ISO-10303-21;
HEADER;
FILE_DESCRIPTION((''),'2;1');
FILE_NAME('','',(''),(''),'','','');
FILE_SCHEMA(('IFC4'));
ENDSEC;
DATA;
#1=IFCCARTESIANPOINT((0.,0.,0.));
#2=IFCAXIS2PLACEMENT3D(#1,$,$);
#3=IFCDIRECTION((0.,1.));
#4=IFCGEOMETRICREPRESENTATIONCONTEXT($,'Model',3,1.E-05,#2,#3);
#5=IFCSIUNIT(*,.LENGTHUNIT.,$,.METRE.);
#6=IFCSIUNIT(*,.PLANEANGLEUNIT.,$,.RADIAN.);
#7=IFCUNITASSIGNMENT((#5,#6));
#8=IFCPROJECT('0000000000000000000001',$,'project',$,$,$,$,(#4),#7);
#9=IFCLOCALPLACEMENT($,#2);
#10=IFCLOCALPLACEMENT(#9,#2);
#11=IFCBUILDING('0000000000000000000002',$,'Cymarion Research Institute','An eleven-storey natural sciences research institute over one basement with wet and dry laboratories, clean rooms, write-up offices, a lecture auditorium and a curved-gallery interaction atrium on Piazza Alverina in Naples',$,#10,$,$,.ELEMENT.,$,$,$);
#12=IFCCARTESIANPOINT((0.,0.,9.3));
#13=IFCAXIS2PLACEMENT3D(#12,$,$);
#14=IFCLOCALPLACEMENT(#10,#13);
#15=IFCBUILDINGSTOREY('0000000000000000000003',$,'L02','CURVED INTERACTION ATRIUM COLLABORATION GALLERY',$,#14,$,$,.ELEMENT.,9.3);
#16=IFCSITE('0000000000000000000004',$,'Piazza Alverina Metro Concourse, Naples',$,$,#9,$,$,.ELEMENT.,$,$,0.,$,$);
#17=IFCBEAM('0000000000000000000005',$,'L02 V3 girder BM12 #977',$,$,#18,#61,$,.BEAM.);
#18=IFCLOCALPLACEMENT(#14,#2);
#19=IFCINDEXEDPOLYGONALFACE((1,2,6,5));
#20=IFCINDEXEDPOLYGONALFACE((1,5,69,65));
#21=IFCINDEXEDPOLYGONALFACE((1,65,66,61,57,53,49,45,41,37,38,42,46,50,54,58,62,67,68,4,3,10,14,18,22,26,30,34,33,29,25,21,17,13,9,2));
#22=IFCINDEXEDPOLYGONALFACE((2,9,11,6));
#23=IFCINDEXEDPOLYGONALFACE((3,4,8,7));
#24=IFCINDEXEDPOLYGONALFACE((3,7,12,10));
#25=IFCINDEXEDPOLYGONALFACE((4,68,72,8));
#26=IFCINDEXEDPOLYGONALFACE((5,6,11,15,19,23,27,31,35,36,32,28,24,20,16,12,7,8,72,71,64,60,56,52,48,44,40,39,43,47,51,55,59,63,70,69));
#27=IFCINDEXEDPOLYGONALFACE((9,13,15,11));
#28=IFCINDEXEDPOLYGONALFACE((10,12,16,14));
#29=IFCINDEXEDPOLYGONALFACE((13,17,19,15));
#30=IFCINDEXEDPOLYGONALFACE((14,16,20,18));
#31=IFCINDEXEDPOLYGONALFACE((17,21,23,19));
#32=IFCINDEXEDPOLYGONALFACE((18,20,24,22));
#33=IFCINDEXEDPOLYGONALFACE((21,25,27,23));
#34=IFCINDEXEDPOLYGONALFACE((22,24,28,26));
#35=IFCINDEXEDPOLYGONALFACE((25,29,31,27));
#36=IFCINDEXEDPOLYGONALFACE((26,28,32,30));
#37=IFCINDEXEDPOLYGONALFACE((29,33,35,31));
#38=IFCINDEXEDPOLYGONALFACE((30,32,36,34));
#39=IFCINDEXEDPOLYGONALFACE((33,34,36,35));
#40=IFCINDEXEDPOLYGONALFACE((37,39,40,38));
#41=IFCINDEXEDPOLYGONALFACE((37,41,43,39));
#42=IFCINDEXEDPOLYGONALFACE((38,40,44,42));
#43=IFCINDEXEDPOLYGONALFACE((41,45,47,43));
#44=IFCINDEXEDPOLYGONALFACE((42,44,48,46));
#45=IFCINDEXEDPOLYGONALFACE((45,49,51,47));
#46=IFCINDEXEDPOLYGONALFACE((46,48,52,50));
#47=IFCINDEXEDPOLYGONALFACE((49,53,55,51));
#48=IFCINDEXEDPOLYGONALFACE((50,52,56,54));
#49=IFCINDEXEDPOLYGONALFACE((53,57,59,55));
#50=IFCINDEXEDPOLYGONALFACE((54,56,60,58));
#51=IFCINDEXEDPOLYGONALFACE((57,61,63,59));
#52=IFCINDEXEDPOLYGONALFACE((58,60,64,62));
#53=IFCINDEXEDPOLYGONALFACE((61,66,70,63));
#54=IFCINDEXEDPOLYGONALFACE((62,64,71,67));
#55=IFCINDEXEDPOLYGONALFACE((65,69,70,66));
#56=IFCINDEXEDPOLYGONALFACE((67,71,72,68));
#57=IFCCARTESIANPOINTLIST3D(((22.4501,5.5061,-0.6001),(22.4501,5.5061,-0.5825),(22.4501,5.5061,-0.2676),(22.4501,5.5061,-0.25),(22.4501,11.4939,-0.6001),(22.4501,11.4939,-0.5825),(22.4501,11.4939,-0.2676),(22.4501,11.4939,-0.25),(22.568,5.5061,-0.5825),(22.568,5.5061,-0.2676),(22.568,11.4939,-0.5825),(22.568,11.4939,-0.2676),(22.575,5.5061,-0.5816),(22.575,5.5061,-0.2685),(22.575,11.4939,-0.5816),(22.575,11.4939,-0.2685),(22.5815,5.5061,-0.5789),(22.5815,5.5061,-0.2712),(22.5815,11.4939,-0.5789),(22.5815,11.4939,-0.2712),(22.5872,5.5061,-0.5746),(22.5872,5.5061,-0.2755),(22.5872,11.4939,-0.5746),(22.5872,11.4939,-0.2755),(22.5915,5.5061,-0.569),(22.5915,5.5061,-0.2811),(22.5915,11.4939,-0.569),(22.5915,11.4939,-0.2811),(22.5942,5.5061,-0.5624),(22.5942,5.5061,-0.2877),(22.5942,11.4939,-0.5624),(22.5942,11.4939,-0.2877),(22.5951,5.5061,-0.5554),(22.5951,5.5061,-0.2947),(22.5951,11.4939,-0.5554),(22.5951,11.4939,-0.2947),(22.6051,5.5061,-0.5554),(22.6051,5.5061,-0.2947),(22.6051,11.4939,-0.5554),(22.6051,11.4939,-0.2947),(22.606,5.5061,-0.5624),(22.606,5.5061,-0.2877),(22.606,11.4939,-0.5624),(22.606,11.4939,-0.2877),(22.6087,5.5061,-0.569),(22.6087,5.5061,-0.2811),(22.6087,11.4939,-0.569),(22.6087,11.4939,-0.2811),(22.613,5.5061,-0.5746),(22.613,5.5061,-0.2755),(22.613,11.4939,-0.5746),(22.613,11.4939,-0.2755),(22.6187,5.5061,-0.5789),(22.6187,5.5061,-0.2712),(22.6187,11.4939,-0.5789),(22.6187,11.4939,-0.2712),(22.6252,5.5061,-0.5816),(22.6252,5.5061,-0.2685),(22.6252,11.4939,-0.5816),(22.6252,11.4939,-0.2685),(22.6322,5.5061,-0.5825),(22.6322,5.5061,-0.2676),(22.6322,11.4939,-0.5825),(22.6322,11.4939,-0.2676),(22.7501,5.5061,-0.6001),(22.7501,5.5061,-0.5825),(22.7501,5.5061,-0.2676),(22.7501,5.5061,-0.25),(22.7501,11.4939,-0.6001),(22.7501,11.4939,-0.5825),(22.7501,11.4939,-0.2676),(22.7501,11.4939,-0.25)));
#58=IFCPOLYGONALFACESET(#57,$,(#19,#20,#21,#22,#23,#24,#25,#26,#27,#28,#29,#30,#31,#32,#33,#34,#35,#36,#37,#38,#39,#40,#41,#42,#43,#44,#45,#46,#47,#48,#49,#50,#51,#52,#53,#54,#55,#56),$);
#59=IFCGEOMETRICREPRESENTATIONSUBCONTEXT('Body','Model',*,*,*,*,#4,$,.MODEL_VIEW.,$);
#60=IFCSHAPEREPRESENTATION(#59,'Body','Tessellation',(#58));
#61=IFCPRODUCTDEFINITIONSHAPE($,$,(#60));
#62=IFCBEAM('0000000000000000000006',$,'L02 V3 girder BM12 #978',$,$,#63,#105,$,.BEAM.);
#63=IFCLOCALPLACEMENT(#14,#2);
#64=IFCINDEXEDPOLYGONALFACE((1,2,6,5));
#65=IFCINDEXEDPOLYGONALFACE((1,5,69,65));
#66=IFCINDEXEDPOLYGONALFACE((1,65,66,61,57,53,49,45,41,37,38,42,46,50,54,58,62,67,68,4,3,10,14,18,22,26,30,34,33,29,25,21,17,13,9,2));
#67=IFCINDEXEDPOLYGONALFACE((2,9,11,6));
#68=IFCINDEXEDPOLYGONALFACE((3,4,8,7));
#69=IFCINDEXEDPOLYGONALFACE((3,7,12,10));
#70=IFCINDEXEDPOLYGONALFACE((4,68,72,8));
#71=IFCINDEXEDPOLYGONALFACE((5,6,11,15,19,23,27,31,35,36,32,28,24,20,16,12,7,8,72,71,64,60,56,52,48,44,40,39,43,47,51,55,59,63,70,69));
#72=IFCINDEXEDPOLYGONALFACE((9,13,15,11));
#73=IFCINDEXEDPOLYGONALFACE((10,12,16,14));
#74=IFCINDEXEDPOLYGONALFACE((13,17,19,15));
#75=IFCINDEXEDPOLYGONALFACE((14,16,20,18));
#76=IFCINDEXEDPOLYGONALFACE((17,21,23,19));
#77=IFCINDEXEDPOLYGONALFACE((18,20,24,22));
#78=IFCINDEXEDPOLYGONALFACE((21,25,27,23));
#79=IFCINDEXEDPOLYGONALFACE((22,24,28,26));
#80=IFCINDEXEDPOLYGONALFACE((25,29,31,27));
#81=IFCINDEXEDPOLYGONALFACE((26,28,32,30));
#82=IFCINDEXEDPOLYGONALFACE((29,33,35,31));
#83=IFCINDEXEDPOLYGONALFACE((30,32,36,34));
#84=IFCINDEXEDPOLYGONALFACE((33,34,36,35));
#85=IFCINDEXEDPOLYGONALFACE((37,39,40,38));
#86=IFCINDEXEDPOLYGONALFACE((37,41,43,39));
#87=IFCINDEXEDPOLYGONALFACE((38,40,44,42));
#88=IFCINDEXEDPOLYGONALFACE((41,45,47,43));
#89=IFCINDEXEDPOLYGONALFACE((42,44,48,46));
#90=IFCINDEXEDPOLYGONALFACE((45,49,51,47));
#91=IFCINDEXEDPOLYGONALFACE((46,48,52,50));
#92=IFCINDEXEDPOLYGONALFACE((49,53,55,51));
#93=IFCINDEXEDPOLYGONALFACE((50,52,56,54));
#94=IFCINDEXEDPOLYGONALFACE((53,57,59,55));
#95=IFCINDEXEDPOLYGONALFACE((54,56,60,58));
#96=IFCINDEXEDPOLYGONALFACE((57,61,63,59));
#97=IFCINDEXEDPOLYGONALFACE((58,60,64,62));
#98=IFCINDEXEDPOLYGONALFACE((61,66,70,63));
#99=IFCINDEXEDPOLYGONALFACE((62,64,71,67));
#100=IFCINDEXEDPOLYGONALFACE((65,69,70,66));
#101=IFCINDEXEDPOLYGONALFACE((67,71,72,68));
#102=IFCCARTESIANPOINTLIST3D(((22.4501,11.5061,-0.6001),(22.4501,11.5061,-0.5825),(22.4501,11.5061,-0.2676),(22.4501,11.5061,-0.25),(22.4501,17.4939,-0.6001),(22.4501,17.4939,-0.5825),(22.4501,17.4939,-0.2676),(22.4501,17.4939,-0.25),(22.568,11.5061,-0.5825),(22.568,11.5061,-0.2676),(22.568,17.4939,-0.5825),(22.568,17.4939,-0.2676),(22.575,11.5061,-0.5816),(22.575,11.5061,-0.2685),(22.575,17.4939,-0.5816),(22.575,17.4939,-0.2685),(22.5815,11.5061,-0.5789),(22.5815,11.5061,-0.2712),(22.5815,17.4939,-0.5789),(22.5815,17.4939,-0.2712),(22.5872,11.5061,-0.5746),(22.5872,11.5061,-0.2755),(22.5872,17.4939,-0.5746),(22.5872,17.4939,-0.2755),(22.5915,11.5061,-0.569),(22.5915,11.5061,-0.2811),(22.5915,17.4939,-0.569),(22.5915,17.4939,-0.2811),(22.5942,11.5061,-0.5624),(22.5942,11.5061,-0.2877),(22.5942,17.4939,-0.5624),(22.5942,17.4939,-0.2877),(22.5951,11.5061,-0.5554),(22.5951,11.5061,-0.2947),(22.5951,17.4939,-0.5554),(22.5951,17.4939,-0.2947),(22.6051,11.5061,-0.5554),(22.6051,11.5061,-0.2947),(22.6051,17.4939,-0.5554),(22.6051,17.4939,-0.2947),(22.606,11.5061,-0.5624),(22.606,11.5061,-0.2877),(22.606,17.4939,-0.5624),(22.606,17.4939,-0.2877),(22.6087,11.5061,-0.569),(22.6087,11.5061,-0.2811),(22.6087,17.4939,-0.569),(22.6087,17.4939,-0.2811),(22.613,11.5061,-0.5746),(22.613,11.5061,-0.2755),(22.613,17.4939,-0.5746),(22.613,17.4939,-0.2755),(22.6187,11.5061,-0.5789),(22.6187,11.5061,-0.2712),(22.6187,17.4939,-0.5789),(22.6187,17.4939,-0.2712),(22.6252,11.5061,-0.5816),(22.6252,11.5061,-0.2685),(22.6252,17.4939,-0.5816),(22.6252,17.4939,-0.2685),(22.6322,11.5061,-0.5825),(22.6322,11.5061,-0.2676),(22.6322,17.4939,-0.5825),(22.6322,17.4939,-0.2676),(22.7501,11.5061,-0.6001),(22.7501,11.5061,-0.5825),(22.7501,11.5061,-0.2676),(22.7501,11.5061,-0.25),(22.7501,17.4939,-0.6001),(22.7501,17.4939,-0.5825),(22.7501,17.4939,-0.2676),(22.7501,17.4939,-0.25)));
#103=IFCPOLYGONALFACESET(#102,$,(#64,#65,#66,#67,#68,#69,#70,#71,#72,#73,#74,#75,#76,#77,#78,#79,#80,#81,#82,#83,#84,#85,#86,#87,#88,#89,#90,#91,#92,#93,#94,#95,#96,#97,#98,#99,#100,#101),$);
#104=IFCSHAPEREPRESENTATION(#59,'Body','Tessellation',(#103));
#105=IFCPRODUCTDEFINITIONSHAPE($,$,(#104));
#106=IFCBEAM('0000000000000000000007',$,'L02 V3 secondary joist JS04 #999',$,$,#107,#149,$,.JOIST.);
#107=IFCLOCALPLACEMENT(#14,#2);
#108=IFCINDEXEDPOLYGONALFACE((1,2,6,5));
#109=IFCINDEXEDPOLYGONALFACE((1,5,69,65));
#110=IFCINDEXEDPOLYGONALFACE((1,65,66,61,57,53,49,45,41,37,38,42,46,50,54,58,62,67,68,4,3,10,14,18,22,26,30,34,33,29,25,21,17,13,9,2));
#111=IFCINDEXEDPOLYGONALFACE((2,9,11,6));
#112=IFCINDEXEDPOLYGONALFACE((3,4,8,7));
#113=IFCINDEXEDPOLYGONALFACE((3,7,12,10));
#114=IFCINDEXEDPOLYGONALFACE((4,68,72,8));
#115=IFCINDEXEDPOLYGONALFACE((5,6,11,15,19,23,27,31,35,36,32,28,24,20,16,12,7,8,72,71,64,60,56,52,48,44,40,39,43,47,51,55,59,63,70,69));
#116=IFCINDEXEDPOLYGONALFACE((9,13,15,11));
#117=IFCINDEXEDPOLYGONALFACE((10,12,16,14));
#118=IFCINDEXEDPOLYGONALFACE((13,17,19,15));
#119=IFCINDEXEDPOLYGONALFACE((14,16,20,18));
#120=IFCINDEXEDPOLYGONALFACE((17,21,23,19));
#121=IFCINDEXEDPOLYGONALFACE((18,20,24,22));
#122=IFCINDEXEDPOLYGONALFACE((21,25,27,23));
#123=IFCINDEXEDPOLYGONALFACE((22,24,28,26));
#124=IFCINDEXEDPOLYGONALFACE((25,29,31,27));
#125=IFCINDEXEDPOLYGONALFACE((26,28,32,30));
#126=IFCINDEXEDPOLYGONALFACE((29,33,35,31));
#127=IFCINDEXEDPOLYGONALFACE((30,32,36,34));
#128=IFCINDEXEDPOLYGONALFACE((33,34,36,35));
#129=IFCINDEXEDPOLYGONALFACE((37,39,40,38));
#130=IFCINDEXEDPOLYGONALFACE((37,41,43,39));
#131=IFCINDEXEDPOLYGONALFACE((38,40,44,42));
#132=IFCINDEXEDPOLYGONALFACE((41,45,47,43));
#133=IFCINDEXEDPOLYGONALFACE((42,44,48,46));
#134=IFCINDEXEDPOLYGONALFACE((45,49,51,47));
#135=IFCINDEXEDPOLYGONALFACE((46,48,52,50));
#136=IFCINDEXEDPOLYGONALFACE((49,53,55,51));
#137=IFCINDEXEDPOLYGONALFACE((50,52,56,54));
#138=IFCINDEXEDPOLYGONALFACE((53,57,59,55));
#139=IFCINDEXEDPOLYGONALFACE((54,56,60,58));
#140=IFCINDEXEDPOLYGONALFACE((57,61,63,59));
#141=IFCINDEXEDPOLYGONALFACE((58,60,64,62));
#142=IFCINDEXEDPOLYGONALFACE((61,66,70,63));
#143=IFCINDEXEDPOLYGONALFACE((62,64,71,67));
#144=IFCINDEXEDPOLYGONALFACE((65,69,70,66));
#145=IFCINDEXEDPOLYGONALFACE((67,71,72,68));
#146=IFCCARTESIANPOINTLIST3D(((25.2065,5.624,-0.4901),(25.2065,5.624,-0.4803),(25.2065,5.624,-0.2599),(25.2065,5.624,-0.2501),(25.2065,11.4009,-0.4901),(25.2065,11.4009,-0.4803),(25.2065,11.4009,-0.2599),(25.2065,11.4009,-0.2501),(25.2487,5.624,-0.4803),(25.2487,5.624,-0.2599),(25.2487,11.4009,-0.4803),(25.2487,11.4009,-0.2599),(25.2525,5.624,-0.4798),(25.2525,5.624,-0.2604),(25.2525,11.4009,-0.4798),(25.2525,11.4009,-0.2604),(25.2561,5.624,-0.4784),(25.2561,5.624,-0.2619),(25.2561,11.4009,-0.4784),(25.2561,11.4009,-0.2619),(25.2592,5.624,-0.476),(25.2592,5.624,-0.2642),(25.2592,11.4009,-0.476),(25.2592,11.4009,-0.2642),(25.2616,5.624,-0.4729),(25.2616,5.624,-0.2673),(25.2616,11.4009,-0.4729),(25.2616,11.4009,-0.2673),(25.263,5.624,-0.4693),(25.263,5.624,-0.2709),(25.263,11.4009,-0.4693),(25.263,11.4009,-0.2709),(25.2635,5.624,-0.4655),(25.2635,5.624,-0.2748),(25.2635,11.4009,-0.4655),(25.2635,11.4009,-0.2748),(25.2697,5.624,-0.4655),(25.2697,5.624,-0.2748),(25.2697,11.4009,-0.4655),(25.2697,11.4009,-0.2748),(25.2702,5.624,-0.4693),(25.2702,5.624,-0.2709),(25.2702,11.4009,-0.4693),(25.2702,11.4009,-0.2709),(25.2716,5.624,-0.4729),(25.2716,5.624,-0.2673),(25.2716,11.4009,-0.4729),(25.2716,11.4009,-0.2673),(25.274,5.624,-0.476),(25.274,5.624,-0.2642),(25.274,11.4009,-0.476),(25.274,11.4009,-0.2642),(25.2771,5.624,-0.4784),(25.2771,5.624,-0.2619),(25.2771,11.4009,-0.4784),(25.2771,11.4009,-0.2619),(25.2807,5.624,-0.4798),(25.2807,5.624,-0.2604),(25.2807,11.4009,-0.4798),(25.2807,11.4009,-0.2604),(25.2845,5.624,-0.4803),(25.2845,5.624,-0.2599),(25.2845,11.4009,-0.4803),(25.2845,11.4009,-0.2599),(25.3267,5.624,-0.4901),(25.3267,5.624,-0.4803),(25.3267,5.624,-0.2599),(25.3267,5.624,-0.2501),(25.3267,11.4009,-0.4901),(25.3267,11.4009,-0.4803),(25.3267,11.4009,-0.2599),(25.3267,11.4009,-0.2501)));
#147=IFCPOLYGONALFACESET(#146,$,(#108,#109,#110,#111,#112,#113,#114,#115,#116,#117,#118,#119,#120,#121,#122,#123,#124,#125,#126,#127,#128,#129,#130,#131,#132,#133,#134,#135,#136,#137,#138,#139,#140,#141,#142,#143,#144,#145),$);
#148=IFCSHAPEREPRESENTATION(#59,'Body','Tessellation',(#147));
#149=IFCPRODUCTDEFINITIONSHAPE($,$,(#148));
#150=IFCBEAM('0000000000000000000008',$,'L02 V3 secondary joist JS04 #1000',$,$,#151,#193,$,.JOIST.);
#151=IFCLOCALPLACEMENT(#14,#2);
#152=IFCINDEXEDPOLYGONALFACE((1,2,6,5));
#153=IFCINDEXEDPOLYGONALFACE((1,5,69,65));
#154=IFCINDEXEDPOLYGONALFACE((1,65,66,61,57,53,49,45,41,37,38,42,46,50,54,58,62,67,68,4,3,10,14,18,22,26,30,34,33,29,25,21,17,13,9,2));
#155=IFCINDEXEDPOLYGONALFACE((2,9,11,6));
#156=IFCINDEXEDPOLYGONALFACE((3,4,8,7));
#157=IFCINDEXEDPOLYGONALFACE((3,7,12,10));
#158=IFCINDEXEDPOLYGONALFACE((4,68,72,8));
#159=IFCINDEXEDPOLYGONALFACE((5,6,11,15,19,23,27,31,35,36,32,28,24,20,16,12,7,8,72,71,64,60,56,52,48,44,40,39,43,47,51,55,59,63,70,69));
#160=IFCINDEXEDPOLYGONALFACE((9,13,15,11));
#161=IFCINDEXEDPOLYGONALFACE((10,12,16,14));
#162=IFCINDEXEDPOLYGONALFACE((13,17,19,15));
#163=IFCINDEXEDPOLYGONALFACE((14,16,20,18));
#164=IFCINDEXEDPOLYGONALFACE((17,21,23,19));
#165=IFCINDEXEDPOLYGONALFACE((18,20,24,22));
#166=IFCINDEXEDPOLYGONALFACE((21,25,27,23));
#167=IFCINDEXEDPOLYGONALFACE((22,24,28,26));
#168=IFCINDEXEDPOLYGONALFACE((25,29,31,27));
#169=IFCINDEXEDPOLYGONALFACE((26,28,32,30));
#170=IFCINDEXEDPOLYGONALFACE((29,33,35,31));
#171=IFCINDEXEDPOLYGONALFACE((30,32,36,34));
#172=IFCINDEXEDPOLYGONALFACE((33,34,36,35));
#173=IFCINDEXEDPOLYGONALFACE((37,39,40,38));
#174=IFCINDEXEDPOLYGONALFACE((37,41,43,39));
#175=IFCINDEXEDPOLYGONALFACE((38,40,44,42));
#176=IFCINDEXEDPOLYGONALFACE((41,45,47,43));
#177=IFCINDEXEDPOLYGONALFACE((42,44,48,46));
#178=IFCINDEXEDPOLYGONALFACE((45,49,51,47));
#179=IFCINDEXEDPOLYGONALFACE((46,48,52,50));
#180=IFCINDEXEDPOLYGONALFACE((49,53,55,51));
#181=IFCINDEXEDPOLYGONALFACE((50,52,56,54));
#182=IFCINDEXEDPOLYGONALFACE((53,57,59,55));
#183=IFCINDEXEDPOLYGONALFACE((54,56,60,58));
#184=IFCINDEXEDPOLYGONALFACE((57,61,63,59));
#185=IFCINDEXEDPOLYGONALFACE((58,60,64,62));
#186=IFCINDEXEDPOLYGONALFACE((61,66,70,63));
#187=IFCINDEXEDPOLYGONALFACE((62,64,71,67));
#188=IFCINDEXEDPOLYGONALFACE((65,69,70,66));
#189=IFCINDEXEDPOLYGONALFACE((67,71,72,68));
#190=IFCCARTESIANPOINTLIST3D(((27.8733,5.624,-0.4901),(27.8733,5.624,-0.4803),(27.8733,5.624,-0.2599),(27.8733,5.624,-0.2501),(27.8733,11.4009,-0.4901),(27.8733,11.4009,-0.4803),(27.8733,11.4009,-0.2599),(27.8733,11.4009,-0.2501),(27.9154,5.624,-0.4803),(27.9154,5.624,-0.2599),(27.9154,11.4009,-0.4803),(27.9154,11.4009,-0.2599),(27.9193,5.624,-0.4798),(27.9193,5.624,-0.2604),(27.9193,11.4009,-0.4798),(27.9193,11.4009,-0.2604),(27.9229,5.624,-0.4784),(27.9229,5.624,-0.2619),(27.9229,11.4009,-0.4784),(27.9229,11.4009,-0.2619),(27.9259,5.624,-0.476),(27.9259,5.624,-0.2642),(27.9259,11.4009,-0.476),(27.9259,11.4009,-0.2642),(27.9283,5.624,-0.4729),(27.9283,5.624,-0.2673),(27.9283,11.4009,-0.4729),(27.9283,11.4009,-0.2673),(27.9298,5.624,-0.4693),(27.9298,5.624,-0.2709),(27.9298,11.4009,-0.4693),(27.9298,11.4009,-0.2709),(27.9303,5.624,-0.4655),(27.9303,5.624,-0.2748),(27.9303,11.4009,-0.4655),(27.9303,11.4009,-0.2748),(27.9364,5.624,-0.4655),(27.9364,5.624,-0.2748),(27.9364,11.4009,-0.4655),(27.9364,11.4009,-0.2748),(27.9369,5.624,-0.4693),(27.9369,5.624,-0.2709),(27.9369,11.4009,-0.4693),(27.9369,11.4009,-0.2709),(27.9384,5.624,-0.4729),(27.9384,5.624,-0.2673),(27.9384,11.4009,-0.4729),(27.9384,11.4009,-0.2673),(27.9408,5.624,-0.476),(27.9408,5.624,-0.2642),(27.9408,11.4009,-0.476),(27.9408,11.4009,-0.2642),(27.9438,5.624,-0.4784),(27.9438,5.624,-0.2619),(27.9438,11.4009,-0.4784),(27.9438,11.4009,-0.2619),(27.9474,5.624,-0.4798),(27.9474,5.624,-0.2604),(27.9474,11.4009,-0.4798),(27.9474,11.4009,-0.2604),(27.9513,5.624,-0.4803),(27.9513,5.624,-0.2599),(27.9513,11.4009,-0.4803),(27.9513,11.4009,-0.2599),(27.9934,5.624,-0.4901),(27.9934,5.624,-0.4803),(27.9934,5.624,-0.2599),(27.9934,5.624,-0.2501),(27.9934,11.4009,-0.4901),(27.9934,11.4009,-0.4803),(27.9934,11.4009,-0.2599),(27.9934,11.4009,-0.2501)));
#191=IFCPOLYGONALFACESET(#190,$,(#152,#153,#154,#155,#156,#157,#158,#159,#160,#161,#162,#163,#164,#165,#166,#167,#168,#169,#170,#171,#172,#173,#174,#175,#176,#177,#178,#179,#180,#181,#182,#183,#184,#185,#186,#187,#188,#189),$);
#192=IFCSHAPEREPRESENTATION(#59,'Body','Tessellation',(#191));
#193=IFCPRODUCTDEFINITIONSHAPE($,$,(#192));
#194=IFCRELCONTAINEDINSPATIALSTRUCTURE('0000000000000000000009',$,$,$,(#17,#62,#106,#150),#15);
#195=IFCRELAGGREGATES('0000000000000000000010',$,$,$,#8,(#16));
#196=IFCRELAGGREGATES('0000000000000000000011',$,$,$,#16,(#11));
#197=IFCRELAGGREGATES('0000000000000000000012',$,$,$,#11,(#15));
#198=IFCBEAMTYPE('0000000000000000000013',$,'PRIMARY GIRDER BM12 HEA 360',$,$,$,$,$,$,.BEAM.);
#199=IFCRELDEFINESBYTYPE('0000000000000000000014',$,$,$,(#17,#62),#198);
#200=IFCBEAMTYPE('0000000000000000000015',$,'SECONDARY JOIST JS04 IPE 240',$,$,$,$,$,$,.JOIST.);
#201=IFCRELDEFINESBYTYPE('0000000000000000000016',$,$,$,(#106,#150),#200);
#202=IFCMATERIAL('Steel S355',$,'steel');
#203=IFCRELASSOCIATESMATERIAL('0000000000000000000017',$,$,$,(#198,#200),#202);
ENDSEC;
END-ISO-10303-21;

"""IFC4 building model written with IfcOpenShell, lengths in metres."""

from ifc_helpers import new_model, si_unit, direction, frame, origin, origin_2d, place, context, subcontext, project, spatial, i_section, extrude, material, material_profile, profile_set, type_object, element, save


model = new_model("IFC4")

# Units and contexts
model_context = context("Model", 3, precision=1e-05, world=origin(), true_north=direction((0.0, 1.0)))
body_context = subcontext(model_context, "Body", "Model", "MODEL_VIEW")
ifc_project = project(units=[si_unit("LENGTHUNIT", "METRE"), si_unit("PLANEANGLEUNIT", "RADIAN")], contexts=[model_context])

# Site, building, storey
site_placement = place(None, origin())
site = spatial("IfcSite", under=ifc_project, at=site_placement, Name="Piazza Alverina Metro Concourse, Naples", CompositionType="ELEMENT", RefElevation=0.0)
building_placement = place(site_placement, origin())
building = spatial("IfcBuilding", under=site, at=building_placement, Name="Cymarion Research Institute", Description="An eleven-storey natural sciences research institute over one basement with wet and dry laboratories, clean rooms, write-up offices, a lecture auditorium and a curved-gallery interaction atrium on Piazza Alverina in Naples", CompositionType="ELEMENT")
storey_placement = place(building_placement, frame((0.0, 0.0, 9.3)))
storey = spatial("IfcBuildingStorey", under=building, at=storey_placement, Name="L02", Description="CURVED INTERACTION ATRIUM COLLABORATION GALLERY", CompositionType="ELEMENT", Elevation=9.3)

# Shared definitions
ifc_material_1 = material(Name="Steel S355", Category="steel")

# Beams
ifc_material_profile_1 = material_profile(ifc_material_1, i_section(OverallWidth=0.3, OverallDepth=0.3501, WebThickness=0.01, FlangeThickness=0.0176, FilletRadius=0.0271, at=origin_2d()), Name="HEA 360")
ifc_profile_set_1 = profile_set([ifc_material_profile_1], Name="Steel S355")
beam_type_1 = type_object("IfcBeamType", Name="PRIMARY GIRDER BM12 HEA 360", PredefinedType="BEAM", material=ifc_profile_set_1)
for number, where, z_axis, x_axis, name in (
    (1, (22.6001, 5.5061, -0.425), (0.0, 1.0, 0.0), (-1.0, 0.0, 0.0), "L02 V3 girder BM12 #977"),
    (2, (22.6001, 11.5061, -0.425), (0.0, 1.0, 0.0), (-1.0, 0.0, 0.0), "L02 V3 girder BM12 #978"),
):
    element("IfcBeam", number, at=place(storey_placement, frame(where, z_axis=z_axis, x_axis=x_axis)), inside=storey, type_object=beam_type_1, Name=name, PredefinedType="BEAM", context=body_context, shape_type="SweptSolid", body=[
        extrude(i_section(OverallWidth=0.3, OverallDepth=0.3501, WebThickness=0.01, FlangeThickness=0.0176, FilletRadius=0.0271, at=origin_2d()), origin(), (0.0, 0.0, 1.0), 5.9878),
    ])
ifc_material_profile_2 = material_profile(ifc_material_1, i_section(OverallWidth=0.1201, OverallDepth=0.24, WebThickness=0.0061, FlangeThickness=0.0098, FilletRadius=0.0149, at=origin_2d()), Name="IPE 240")
ifc_profile_set_2 = profile_set([ifc_material_profile_2], Name="Steel S355")
beam_type_2 = type_object("IfcBeamType", Name="SECONDARY JOIST JS04 IPE 240", PredefinedType="JOIST", material=ifc_profile_set_2)
for number, where, z_axis, x_axis, name in (
    (3, (25.2666, 5.624, -0.3701), (0.0, 1.0, 0.0), (-1.0, 0.0, 0.0), "L02 V3 secondary joist JS04 #999"),
    (4, (27.9333, 5.624, -0.3701), (0.0, 1.0, 0.0), (-1.0, 0.0, 0.0), "L02 V3 secondary joist JS04 #1000"),
):
    element("IfcBeam", number, at=place(storey_placement, frame(where, z_axis=z_axis, x_axis=x_axis)), inside=storey, type_object=beam_type_2, Name=name, PredefinedType="JOIST", context=body_context, shape_type="SweptSolid", body=[
        extrude(i_section(OverallWidth=0.1201, OverallDepth=0.24, WebThickness=0.0061, FlangeThickness=0.0098, FilletRadius=0.0149, at=origin_2d()), origin(), (0.0, 0.0, 1.0), 5.7769),
    ])

save(model, "model.ifc")
